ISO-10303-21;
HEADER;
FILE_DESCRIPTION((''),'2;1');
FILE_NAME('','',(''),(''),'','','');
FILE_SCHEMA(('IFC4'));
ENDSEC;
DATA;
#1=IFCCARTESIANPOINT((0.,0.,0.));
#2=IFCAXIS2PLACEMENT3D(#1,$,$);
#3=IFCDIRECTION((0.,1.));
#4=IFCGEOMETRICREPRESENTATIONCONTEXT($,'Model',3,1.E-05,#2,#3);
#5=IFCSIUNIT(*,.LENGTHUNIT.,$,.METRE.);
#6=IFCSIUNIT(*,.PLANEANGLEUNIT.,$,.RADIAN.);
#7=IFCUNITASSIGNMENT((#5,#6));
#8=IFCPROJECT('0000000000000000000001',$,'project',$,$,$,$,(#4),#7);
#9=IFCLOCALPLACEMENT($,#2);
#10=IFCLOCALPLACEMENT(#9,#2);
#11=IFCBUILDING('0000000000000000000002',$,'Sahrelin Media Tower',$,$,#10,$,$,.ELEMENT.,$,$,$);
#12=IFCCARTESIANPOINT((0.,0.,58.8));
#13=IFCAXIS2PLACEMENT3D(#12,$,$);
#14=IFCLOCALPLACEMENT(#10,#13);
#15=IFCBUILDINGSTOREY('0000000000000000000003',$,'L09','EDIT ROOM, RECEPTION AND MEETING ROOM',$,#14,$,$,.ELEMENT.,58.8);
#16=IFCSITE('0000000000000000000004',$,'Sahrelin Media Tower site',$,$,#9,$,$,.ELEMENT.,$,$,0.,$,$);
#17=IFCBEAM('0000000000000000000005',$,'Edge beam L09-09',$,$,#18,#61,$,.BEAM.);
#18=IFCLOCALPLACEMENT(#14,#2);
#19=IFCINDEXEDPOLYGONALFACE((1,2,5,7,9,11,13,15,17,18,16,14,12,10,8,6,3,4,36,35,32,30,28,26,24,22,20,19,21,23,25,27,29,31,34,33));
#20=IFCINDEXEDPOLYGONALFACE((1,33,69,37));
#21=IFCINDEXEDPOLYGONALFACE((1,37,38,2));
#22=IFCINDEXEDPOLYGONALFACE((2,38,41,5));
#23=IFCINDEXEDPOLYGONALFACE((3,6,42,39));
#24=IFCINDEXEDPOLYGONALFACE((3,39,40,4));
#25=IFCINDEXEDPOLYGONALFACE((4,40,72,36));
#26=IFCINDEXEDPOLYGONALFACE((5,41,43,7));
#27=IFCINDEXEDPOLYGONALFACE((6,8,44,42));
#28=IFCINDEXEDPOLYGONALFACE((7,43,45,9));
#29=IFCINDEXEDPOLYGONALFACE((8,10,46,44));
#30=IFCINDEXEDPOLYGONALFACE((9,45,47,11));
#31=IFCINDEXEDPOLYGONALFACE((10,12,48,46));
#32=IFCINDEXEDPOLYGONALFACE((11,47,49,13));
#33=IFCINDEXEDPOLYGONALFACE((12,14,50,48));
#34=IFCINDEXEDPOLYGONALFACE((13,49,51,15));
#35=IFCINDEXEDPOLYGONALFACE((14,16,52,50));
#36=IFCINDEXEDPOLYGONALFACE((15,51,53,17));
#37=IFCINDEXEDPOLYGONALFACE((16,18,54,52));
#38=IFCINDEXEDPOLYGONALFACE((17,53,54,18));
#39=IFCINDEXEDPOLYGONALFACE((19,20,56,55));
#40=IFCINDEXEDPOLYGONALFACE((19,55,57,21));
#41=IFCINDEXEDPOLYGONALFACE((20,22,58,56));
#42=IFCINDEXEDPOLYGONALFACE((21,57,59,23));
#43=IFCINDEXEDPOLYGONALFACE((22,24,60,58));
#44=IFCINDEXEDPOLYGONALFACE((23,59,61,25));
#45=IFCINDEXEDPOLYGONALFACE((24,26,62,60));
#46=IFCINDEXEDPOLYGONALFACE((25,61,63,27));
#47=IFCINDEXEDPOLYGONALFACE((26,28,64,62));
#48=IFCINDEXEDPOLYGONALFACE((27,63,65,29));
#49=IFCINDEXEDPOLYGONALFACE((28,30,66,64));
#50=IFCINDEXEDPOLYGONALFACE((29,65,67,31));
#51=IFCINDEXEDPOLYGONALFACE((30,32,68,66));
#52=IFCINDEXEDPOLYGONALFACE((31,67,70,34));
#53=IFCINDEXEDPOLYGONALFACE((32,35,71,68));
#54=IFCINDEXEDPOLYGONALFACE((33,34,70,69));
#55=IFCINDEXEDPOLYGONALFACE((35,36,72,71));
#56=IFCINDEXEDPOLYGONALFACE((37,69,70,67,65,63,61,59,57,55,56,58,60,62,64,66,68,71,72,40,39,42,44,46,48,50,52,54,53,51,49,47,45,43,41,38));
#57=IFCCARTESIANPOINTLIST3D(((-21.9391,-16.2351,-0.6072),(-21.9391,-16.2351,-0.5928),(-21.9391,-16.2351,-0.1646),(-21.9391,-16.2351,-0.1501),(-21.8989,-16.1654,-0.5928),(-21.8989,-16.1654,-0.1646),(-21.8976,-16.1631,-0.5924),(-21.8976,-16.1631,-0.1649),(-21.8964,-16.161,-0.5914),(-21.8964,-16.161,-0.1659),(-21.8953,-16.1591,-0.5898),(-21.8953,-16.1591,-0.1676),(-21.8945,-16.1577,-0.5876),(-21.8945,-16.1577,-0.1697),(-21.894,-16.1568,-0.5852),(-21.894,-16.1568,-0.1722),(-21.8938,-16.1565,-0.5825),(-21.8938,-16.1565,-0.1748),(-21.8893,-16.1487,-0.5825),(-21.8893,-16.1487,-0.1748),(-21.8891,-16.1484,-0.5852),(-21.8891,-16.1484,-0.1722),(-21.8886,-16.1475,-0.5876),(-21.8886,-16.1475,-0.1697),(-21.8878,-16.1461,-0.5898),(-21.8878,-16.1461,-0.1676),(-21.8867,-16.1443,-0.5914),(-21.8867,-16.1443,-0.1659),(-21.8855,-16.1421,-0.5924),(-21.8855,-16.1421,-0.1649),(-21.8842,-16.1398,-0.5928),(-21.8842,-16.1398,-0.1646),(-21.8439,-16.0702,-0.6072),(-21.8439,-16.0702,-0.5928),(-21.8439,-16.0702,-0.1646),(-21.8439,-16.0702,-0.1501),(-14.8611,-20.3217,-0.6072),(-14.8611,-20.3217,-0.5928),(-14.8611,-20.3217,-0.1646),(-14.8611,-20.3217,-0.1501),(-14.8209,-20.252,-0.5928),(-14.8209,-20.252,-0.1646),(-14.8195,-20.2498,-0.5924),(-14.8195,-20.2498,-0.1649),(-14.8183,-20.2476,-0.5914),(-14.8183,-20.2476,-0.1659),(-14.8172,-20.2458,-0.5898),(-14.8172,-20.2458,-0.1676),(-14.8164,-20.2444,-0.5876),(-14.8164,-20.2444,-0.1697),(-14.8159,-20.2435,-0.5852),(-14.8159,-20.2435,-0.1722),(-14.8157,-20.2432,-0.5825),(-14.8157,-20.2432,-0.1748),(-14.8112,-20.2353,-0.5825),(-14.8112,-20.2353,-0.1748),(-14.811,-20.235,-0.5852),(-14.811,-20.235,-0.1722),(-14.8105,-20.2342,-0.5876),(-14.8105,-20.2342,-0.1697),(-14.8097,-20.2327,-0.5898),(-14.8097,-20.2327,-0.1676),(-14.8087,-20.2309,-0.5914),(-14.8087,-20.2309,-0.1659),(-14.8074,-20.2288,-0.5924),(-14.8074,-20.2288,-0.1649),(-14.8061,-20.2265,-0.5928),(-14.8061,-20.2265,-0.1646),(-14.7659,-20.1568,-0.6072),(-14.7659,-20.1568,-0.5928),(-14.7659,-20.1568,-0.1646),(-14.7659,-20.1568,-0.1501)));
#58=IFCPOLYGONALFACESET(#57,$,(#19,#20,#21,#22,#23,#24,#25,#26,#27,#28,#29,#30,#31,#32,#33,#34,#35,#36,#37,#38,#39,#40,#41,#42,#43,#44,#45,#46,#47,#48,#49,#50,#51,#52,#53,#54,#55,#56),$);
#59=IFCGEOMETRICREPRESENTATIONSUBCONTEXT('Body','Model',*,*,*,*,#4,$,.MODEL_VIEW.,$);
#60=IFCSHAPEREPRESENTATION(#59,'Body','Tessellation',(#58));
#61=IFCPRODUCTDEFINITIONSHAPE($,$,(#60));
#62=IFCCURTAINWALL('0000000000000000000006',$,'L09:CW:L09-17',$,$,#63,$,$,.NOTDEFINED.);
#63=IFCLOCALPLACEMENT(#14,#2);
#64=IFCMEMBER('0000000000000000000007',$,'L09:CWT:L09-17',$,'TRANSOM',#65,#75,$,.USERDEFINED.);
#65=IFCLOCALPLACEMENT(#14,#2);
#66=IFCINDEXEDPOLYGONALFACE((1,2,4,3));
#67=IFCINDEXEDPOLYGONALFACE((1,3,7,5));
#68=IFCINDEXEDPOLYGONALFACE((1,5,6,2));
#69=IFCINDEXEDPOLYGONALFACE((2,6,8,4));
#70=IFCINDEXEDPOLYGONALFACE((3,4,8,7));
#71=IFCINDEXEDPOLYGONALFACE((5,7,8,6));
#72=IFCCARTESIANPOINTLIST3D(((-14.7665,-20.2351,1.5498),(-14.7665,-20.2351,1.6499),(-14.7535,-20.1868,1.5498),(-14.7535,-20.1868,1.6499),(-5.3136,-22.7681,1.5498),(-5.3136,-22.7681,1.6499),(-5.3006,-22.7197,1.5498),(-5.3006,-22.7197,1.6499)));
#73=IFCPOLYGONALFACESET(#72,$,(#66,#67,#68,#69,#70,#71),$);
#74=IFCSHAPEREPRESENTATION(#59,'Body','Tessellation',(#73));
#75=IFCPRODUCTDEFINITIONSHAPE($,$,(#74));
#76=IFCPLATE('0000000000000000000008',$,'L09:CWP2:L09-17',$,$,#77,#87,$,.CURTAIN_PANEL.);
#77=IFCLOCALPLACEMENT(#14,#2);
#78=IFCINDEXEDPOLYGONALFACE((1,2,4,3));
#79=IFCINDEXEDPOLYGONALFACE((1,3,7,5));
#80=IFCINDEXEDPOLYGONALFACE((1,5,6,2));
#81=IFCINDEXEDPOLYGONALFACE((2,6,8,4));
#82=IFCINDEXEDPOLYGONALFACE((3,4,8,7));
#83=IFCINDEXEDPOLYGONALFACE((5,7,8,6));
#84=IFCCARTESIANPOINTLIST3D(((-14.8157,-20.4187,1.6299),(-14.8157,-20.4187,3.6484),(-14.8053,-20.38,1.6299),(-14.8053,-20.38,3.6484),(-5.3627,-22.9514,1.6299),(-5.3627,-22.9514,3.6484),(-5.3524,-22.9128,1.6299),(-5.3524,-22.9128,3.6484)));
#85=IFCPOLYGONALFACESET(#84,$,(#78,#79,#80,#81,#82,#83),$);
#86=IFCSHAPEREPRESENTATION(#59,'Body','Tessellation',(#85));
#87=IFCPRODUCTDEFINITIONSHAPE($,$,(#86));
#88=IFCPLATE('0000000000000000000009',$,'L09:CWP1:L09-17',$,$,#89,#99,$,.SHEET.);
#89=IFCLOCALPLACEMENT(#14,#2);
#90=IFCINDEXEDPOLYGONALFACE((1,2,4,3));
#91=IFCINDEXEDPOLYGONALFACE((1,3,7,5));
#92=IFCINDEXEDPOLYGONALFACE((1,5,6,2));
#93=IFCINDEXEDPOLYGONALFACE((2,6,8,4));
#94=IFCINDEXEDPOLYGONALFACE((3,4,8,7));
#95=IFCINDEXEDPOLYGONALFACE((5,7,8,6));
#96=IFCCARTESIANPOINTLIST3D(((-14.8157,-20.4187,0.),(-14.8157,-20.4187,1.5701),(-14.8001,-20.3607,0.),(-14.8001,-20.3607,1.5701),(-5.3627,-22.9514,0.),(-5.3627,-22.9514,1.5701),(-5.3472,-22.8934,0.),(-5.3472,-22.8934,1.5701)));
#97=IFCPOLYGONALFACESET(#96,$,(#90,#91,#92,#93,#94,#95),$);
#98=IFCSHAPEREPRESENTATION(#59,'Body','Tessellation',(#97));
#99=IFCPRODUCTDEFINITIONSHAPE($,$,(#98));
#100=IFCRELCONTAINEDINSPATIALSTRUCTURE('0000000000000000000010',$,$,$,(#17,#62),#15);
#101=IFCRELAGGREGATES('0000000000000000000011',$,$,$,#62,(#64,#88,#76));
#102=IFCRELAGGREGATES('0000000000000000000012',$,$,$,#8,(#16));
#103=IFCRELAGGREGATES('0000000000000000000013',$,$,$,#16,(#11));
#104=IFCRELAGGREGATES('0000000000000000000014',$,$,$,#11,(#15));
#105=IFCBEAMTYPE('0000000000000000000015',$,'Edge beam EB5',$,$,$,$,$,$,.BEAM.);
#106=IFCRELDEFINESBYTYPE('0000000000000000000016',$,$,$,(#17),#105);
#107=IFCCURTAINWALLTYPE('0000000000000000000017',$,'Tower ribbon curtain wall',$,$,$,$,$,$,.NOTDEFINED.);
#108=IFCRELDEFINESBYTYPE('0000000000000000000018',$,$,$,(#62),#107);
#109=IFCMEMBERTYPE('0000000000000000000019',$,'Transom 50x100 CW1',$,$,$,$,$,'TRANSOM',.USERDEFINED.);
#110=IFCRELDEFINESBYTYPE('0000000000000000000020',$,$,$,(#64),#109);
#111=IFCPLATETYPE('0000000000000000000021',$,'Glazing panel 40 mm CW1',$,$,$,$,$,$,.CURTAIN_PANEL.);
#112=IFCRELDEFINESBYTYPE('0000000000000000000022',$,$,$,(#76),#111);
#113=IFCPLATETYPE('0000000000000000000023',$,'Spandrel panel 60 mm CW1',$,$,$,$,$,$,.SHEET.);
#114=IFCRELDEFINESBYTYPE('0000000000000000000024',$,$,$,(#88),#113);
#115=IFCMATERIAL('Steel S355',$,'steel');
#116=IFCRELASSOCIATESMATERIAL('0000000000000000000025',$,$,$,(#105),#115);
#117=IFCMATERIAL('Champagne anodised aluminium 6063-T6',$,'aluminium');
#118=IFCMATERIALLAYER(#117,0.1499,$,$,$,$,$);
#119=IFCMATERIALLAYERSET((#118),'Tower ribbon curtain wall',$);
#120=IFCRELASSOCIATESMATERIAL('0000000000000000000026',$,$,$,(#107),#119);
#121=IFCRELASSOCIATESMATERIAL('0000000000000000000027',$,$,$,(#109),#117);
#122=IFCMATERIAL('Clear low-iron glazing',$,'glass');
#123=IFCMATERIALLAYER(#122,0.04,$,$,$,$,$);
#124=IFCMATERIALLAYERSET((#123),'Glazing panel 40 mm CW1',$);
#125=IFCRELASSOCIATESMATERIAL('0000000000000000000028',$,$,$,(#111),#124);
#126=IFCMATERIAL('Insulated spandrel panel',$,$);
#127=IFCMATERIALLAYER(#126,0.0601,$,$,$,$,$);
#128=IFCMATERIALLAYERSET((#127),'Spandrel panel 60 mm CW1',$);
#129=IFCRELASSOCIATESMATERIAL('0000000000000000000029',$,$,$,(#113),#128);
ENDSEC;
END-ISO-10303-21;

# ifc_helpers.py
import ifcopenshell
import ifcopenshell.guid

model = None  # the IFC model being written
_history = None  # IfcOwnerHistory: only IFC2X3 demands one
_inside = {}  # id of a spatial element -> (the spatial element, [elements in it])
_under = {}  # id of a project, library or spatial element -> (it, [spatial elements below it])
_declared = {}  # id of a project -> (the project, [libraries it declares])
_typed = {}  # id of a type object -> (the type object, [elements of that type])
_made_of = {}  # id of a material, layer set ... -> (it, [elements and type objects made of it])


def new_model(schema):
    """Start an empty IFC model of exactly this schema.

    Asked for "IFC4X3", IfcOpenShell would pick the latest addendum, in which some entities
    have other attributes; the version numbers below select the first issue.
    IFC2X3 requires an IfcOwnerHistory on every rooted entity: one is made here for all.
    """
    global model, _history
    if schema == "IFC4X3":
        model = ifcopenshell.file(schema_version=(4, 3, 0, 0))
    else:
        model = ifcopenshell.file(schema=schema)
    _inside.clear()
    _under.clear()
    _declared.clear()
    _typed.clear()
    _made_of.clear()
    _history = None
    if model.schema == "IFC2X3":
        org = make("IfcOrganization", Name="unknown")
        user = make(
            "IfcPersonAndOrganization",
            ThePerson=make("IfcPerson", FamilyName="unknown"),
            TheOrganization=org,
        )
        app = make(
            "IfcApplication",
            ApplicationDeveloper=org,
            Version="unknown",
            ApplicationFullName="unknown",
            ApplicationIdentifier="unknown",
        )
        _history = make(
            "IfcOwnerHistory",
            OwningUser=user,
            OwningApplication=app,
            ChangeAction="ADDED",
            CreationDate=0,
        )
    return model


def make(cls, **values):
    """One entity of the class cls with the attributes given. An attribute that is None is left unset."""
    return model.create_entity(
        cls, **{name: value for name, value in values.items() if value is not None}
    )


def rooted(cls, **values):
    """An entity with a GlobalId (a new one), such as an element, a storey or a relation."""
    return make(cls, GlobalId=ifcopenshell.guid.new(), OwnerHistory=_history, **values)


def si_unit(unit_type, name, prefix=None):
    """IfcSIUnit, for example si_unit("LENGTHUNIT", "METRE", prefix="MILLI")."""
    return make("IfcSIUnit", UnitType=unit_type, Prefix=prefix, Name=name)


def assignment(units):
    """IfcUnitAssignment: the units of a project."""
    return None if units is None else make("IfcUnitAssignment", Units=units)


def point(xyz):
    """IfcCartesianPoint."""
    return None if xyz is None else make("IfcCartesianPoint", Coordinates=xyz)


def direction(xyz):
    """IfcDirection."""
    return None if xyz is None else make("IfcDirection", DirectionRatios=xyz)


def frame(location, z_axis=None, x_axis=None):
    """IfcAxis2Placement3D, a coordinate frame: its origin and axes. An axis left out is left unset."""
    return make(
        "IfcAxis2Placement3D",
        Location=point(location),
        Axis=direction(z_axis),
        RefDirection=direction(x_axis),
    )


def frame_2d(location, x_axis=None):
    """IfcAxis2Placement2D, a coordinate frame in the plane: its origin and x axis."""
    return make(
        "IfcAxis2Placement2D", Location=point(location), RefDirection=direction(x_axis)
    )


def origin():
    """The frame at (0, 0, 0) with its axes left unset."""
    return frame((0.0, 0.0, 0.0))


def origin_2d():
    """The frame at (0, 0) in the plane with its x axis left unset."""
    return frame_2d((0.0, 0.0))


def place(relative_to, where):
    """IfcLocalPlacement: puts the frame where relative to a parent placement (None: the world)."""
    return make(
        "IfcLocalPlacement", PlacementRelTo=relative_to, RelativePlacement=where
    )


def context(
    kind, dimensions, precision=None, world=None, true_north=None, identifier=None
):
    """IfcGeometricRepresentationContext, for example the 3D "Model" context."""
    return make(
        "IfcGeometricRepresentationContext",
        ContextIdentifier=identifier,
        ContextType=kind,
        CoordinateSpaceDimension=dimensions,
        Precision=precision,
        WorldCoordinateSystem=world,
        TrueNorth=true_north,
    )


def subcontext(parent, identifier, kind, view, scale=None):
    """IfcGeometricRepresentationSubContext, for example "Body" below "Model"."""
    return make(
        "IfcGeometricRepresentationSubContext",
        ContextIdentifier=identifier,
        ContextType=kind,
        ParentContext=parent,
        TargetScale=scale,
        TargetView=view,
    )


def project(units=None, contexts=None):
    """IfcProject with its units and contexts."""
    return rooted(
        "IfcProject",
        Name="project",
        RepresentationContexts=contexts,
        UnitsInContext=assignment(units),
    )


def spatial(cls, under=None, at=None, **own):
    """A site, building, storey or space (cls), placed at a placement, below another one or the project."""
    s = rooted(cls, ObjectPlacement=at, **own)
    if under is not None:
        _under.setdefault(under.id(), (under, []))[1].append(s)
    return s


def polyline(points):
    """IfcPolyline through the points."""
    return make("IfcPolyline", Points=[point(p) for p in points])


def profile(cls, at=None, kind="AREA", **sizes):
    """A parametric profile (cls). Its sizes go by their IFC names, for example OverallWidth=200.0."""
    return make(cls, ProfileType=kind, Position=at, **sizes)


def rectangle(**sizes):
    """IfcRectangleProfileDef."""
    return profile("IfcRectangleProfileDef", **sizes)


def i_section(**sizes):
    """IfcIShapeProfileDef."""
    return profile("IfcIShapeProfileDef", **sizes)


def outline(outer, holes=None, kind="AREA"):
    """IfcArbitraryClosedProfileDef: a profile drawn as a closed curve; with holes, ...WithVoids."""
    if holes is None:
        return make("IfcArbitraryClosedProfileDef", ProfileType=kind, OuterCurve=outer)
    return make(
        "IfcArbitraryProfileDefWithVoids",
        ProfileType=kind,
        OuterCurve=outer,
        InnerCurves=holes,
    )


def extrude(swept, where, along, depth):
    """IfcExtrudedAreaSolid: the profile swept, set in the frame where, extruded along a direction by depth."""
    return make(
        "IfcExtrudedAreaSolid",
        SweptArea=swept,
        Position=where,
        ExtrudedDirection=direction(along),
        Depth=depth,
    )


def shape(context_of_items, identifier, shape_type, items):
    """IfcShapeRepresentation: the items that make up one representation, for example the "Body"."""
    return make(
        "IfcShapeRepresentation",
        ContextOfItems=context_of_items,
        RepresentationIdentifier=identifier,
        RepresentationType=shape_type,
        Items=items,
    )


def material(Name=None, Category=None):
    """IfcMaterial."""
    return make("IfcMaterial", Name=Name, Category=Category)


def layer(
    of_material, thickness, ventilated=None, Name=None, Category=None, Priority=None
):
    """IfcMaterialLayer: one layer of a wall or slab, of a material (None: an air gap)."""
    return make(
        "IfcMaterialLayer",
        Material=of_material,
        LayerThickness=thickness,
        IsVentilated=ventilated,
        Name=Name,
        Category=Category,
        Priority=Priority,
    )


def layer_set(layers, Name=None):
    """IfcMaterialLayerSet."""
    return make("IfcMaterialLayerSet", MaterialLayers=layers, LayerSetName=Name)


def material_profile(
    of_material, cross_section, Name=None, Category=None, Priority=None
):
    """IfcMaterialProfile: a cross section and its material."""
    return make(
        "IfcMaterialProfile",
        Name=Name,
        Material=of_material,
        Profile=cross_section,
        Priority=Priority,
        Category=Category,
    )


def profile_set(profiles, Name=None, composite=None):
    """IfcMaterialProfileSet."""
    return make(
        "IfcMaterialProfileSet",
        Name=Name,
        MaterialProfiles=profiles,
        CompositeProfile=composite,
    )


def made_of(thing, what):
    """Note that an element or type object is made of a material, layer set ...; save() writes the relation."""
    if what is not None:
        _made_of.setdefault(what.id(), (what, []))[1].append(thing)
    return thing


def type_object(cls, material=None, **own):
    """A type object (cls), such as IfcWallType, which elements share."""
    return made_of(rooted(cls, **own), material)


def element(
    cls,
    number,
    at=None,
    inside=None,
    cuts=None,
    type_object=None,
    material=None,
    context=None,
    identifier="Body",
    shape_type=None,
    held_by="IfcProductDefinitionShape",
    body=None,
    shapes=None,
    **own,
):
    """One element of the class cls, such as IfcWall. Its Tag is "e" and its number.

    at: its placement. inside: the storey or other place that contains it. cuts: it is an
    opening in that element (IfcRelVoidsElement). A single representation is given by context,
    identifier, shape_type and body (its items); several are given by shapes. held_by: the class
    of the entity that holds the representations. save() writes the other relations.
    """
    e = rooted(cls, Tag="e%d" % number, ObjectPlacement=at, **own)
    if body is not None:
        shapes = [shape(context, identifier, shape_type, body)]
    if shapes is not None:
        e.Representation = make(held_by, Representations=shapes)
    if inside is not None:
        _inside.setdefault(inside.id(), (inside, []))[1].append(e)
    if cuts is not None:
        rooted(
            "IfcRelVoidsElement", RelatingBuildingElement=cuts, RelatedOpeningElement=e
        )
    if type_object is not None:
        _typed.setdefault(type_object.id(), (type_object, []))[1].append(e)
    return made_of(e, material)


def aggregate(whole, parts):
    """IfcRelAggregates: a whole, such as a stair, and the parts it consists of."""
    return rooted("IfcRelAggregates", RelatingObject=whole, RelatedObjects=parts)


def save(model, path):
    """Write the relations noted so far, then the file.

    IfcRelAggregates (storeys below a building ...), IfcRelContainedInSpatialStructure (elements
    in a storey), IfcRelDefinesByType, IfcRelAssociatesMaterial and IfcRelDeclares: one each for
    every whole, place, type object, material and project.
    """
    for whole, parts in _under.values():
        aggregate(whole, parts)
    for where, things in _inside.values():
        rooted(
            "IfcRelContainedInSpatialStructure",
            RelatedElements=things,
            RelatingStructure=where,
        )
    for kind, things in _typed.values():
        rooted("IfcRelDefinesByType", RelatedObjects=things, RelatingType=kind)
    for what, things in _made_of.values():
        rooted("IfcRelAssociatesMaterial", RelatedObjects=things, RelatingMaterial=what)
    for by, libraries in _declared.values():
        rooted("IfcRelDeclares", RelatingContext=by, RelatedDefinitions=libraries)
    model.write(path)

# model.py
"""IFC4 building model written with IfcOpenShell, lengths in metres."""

from ifc_helpers import new_model, si_unit, direction, frame, origin, origin_2d, place, context, subcontext, project, spatial, polyline, rectangle, i_section, outline, extrude, material, layer, layer_set, material_profile, profile_set, type_object, element, aggregate, save


model = new_model("IFC4")

# Units and contexts
model_context = context("Model", 3, precision=1e-05, world=origin(), true_north=direction((0.0, 1.0)))
body_context = subcontext(model_context, "Body", "Model", "MODEL_VIEW")
ifc_project = project(units=[si_unit("LENGTHUNIT", "METRE"), si_unit("PLANEANGLEUNIT", "RADIAN")], contexts=[model_context])

# Site, building, storey
site_placement = place(None, origin())
site = spatial("IfcSite", under=ifc_project, at=site_placement, Name="Sahrelin Media Tower site", CompositionType="ELEMENT", RefElevation=0.0)
building_placement = place(site_placement, origin())
building = spatial("IfcBuilding", under=site, at=building_placement, Name="Sahrelin Media Tower", CompositionType="ELEMENT")
storey_placement = place(building_placement, frame((0.0, 0.0, 58.8)))
storey = spatial("IfcBuildingStorey", under=building, at=storey_placement, Name="L09", Description="EDIT ROOM, RECEPTION AND MEETING ROOM", CompositionType="ELEMENT", Elevation=58.8)

# Beam
ifc_material_1 = material(Name="Steel S355", Category="steel")
ifc_material_profile_1 = material_profile(ifc_material_1, i_section(OverallWidth=0.1904, OverallDepth=0.457, WebThickness=0.009, FlangeThickness=0.0144, FilletRadius=0.0103, at=origin_2d()), Name="UB 457x191x74")
ifc_profile_set_1 = profile_set([ifc_material_profile_1], Name="Steel S355")
beam_type = type_object("IfcBeamType", Name="Edge beam EB5", PredefinedType="BEAM", material=ifc_profile_set_1)
beam_placement = place(storey_placement, frame((-14.8135, -20.2393, -0.3787), z_axis=(-0.866019, 0.50001, 0.0), x_axis=(-0.50001, -0.866019, 0.0)))
element("IfcBeam", 1, at=beam_placement, inside=storey, type_object=beam_type, Name="Edge beam L09-09", PredefinedType="BEAM", context=body_context, shape_type="SweptSolid", body=[
    extrude(i_section(OverallWidth=0.1904, OverallDepth=0.457, WebThickness=0.009, FlangeThickness=0.0144, FilletRadius=0.0103, at=origin_2d()), origin(), (0.0, 0.0, 1.0), 8.1731),
])

# Curtain wall, member, plates
ifc_material_2 = material(Name="Champagne anodised aluminium 6063-T6", Category="aluminium")
ifc_layer_1 = layer(ifc_material_2, 0.1499)
ifc_layer_set_1 = layer_set([ifc_layer_1], Name="Tower ribbon curtain wall")
curtain_wall_type = type_object("IfcCurtainWallType", Name="Tower ribbon curtain wall", PredefinedType="NOTDEFINED", material=ifc_layer_set_1)
curtain_wall_placement = place(storey_placement, frame((-10.084, -21.6658, 0.0), z_axis=(0.0, 0.0, 1.0), x_axis=(1.0, 0.0, 0.0)))
curtain_wall = element("IfcCurtainWall", 2, at=curtain_wall_placement, inside=storey, type_object=curtain_wall_type, Name="L09:CW:L09-17", PredefinedType="NOTDEFINED")
ifc_material_profile_2 = material_profile(ifc_material_2, rectangle(XDim=0.05, YDim=0.1001, at=origin_2d()), Name="Transom 50x100")
ifc_profile_set_2 = profile_set([ifc_material_profile_2], Name="Champagne anodised aluminium 6063-T6")
member_type = type_object("IfcMemberType", Name="Transom 50x100 CW1", ElementType="TRANSOM", PredefinedType="USERDEFINED", material=ifc_profile_set_2)
member_placement = place(storey_placement, frame((-14.76, -20.2109, 1.5999), z_axis=(0.965924, -0.258825, 0.0), x_axis=(0.258825, 0.965924, 0.0)))
member = element("IfcMember", 3, at=member_placement, type_object=member_type, Name="L09:CWT:L09-17", ObjectType="TRANSOM", PredefinedType="USERDEFINED", context=body_context, shape_type="SweptSolid", body=[
    extrude(rectangle(XDim=0.05, YDim=0.1001, at=origin_2d()), origin(), (0.0, 0.0, 1.0), 9.7864),
])
ifc_material_3 = material(Name="Clear low-iron glazing", Category="glass")
ifc_layer_2 = layer(ifc_material_3, 0.04)
ifc_layer_set_2 = layer_set([ifc_layer_2], Name="Glazing panel 40 mm CW1")
plate_type_1 = type_object("IfcPlateType", Name="Glazing panel 40 mm CW1", PredefinedType="CURTAIN_PANEL", material=ifc_layer_set_2)
plate_1_placement = place(storey_placement, frame((-14.8157, -20.4187, 1.6299), z_axis=(-0.258802, -0.96593, 0.0), x_axis=(0.96593, -0.258802, 0.0)))
plate_1 = element("IfcPlate", 4, at=plate_1_placement, type_object=plate_type_1, Name="L09:CWP2:L09-17", PredefinedType="CURTAIN_PANEL", context=body_context, shape_type="SweptSolid", body=[
    extrude(outline(polyline([(0.0, 0.0), (9.7864, 0.0), (9.7864, 2.0186), (0.0, 2.0186), (0.0, 0.0)])), origin(), (0.0, 0.0, -1.0), 0.04),
])
ifc_material_4 = material(Name="Insulated spandrel panel")
ifc_layer_3 = layer(ifc_material_4, 0.0601)
ifc_layer_set_3 = layer_set([ifc_layer_3], Name="Spandrel panel 60 mm CW1")
plate_type_2 = type_object("IfcPlateType", Name="Spandrel panel 60 mm CW1", PredefinedType="SHEET", material=ifc_layer_set_3)
plate_2_placement = place(storey_placement, frame((-14.8157, -20.4187, 0.0), z_axis=(-0.258802, -0.96593, 0.0), x_axis=(0.96593, -0.258802, 0.0)))
plate_2 = element("IfcPlate", 5, at=plate_2_placement, type_object=plate_type_2, Name="L09:CWP1:L09-17", PredefinedType="SHEET", context=body_context, shape_type="SweptSolid", body=[
    extrude(outline(polyline([(0.0, 0.0), (9.7864, 0.0), (9.7864, 1.5701), (0.0, 1.5701), (0.0, 0.0)])), origin(), (0.0, 0.0, -1.0), 0.0601),
])
aggregate(curtain_wall, [member, plate_2, plate_1])

save(model, "model.ifc")
